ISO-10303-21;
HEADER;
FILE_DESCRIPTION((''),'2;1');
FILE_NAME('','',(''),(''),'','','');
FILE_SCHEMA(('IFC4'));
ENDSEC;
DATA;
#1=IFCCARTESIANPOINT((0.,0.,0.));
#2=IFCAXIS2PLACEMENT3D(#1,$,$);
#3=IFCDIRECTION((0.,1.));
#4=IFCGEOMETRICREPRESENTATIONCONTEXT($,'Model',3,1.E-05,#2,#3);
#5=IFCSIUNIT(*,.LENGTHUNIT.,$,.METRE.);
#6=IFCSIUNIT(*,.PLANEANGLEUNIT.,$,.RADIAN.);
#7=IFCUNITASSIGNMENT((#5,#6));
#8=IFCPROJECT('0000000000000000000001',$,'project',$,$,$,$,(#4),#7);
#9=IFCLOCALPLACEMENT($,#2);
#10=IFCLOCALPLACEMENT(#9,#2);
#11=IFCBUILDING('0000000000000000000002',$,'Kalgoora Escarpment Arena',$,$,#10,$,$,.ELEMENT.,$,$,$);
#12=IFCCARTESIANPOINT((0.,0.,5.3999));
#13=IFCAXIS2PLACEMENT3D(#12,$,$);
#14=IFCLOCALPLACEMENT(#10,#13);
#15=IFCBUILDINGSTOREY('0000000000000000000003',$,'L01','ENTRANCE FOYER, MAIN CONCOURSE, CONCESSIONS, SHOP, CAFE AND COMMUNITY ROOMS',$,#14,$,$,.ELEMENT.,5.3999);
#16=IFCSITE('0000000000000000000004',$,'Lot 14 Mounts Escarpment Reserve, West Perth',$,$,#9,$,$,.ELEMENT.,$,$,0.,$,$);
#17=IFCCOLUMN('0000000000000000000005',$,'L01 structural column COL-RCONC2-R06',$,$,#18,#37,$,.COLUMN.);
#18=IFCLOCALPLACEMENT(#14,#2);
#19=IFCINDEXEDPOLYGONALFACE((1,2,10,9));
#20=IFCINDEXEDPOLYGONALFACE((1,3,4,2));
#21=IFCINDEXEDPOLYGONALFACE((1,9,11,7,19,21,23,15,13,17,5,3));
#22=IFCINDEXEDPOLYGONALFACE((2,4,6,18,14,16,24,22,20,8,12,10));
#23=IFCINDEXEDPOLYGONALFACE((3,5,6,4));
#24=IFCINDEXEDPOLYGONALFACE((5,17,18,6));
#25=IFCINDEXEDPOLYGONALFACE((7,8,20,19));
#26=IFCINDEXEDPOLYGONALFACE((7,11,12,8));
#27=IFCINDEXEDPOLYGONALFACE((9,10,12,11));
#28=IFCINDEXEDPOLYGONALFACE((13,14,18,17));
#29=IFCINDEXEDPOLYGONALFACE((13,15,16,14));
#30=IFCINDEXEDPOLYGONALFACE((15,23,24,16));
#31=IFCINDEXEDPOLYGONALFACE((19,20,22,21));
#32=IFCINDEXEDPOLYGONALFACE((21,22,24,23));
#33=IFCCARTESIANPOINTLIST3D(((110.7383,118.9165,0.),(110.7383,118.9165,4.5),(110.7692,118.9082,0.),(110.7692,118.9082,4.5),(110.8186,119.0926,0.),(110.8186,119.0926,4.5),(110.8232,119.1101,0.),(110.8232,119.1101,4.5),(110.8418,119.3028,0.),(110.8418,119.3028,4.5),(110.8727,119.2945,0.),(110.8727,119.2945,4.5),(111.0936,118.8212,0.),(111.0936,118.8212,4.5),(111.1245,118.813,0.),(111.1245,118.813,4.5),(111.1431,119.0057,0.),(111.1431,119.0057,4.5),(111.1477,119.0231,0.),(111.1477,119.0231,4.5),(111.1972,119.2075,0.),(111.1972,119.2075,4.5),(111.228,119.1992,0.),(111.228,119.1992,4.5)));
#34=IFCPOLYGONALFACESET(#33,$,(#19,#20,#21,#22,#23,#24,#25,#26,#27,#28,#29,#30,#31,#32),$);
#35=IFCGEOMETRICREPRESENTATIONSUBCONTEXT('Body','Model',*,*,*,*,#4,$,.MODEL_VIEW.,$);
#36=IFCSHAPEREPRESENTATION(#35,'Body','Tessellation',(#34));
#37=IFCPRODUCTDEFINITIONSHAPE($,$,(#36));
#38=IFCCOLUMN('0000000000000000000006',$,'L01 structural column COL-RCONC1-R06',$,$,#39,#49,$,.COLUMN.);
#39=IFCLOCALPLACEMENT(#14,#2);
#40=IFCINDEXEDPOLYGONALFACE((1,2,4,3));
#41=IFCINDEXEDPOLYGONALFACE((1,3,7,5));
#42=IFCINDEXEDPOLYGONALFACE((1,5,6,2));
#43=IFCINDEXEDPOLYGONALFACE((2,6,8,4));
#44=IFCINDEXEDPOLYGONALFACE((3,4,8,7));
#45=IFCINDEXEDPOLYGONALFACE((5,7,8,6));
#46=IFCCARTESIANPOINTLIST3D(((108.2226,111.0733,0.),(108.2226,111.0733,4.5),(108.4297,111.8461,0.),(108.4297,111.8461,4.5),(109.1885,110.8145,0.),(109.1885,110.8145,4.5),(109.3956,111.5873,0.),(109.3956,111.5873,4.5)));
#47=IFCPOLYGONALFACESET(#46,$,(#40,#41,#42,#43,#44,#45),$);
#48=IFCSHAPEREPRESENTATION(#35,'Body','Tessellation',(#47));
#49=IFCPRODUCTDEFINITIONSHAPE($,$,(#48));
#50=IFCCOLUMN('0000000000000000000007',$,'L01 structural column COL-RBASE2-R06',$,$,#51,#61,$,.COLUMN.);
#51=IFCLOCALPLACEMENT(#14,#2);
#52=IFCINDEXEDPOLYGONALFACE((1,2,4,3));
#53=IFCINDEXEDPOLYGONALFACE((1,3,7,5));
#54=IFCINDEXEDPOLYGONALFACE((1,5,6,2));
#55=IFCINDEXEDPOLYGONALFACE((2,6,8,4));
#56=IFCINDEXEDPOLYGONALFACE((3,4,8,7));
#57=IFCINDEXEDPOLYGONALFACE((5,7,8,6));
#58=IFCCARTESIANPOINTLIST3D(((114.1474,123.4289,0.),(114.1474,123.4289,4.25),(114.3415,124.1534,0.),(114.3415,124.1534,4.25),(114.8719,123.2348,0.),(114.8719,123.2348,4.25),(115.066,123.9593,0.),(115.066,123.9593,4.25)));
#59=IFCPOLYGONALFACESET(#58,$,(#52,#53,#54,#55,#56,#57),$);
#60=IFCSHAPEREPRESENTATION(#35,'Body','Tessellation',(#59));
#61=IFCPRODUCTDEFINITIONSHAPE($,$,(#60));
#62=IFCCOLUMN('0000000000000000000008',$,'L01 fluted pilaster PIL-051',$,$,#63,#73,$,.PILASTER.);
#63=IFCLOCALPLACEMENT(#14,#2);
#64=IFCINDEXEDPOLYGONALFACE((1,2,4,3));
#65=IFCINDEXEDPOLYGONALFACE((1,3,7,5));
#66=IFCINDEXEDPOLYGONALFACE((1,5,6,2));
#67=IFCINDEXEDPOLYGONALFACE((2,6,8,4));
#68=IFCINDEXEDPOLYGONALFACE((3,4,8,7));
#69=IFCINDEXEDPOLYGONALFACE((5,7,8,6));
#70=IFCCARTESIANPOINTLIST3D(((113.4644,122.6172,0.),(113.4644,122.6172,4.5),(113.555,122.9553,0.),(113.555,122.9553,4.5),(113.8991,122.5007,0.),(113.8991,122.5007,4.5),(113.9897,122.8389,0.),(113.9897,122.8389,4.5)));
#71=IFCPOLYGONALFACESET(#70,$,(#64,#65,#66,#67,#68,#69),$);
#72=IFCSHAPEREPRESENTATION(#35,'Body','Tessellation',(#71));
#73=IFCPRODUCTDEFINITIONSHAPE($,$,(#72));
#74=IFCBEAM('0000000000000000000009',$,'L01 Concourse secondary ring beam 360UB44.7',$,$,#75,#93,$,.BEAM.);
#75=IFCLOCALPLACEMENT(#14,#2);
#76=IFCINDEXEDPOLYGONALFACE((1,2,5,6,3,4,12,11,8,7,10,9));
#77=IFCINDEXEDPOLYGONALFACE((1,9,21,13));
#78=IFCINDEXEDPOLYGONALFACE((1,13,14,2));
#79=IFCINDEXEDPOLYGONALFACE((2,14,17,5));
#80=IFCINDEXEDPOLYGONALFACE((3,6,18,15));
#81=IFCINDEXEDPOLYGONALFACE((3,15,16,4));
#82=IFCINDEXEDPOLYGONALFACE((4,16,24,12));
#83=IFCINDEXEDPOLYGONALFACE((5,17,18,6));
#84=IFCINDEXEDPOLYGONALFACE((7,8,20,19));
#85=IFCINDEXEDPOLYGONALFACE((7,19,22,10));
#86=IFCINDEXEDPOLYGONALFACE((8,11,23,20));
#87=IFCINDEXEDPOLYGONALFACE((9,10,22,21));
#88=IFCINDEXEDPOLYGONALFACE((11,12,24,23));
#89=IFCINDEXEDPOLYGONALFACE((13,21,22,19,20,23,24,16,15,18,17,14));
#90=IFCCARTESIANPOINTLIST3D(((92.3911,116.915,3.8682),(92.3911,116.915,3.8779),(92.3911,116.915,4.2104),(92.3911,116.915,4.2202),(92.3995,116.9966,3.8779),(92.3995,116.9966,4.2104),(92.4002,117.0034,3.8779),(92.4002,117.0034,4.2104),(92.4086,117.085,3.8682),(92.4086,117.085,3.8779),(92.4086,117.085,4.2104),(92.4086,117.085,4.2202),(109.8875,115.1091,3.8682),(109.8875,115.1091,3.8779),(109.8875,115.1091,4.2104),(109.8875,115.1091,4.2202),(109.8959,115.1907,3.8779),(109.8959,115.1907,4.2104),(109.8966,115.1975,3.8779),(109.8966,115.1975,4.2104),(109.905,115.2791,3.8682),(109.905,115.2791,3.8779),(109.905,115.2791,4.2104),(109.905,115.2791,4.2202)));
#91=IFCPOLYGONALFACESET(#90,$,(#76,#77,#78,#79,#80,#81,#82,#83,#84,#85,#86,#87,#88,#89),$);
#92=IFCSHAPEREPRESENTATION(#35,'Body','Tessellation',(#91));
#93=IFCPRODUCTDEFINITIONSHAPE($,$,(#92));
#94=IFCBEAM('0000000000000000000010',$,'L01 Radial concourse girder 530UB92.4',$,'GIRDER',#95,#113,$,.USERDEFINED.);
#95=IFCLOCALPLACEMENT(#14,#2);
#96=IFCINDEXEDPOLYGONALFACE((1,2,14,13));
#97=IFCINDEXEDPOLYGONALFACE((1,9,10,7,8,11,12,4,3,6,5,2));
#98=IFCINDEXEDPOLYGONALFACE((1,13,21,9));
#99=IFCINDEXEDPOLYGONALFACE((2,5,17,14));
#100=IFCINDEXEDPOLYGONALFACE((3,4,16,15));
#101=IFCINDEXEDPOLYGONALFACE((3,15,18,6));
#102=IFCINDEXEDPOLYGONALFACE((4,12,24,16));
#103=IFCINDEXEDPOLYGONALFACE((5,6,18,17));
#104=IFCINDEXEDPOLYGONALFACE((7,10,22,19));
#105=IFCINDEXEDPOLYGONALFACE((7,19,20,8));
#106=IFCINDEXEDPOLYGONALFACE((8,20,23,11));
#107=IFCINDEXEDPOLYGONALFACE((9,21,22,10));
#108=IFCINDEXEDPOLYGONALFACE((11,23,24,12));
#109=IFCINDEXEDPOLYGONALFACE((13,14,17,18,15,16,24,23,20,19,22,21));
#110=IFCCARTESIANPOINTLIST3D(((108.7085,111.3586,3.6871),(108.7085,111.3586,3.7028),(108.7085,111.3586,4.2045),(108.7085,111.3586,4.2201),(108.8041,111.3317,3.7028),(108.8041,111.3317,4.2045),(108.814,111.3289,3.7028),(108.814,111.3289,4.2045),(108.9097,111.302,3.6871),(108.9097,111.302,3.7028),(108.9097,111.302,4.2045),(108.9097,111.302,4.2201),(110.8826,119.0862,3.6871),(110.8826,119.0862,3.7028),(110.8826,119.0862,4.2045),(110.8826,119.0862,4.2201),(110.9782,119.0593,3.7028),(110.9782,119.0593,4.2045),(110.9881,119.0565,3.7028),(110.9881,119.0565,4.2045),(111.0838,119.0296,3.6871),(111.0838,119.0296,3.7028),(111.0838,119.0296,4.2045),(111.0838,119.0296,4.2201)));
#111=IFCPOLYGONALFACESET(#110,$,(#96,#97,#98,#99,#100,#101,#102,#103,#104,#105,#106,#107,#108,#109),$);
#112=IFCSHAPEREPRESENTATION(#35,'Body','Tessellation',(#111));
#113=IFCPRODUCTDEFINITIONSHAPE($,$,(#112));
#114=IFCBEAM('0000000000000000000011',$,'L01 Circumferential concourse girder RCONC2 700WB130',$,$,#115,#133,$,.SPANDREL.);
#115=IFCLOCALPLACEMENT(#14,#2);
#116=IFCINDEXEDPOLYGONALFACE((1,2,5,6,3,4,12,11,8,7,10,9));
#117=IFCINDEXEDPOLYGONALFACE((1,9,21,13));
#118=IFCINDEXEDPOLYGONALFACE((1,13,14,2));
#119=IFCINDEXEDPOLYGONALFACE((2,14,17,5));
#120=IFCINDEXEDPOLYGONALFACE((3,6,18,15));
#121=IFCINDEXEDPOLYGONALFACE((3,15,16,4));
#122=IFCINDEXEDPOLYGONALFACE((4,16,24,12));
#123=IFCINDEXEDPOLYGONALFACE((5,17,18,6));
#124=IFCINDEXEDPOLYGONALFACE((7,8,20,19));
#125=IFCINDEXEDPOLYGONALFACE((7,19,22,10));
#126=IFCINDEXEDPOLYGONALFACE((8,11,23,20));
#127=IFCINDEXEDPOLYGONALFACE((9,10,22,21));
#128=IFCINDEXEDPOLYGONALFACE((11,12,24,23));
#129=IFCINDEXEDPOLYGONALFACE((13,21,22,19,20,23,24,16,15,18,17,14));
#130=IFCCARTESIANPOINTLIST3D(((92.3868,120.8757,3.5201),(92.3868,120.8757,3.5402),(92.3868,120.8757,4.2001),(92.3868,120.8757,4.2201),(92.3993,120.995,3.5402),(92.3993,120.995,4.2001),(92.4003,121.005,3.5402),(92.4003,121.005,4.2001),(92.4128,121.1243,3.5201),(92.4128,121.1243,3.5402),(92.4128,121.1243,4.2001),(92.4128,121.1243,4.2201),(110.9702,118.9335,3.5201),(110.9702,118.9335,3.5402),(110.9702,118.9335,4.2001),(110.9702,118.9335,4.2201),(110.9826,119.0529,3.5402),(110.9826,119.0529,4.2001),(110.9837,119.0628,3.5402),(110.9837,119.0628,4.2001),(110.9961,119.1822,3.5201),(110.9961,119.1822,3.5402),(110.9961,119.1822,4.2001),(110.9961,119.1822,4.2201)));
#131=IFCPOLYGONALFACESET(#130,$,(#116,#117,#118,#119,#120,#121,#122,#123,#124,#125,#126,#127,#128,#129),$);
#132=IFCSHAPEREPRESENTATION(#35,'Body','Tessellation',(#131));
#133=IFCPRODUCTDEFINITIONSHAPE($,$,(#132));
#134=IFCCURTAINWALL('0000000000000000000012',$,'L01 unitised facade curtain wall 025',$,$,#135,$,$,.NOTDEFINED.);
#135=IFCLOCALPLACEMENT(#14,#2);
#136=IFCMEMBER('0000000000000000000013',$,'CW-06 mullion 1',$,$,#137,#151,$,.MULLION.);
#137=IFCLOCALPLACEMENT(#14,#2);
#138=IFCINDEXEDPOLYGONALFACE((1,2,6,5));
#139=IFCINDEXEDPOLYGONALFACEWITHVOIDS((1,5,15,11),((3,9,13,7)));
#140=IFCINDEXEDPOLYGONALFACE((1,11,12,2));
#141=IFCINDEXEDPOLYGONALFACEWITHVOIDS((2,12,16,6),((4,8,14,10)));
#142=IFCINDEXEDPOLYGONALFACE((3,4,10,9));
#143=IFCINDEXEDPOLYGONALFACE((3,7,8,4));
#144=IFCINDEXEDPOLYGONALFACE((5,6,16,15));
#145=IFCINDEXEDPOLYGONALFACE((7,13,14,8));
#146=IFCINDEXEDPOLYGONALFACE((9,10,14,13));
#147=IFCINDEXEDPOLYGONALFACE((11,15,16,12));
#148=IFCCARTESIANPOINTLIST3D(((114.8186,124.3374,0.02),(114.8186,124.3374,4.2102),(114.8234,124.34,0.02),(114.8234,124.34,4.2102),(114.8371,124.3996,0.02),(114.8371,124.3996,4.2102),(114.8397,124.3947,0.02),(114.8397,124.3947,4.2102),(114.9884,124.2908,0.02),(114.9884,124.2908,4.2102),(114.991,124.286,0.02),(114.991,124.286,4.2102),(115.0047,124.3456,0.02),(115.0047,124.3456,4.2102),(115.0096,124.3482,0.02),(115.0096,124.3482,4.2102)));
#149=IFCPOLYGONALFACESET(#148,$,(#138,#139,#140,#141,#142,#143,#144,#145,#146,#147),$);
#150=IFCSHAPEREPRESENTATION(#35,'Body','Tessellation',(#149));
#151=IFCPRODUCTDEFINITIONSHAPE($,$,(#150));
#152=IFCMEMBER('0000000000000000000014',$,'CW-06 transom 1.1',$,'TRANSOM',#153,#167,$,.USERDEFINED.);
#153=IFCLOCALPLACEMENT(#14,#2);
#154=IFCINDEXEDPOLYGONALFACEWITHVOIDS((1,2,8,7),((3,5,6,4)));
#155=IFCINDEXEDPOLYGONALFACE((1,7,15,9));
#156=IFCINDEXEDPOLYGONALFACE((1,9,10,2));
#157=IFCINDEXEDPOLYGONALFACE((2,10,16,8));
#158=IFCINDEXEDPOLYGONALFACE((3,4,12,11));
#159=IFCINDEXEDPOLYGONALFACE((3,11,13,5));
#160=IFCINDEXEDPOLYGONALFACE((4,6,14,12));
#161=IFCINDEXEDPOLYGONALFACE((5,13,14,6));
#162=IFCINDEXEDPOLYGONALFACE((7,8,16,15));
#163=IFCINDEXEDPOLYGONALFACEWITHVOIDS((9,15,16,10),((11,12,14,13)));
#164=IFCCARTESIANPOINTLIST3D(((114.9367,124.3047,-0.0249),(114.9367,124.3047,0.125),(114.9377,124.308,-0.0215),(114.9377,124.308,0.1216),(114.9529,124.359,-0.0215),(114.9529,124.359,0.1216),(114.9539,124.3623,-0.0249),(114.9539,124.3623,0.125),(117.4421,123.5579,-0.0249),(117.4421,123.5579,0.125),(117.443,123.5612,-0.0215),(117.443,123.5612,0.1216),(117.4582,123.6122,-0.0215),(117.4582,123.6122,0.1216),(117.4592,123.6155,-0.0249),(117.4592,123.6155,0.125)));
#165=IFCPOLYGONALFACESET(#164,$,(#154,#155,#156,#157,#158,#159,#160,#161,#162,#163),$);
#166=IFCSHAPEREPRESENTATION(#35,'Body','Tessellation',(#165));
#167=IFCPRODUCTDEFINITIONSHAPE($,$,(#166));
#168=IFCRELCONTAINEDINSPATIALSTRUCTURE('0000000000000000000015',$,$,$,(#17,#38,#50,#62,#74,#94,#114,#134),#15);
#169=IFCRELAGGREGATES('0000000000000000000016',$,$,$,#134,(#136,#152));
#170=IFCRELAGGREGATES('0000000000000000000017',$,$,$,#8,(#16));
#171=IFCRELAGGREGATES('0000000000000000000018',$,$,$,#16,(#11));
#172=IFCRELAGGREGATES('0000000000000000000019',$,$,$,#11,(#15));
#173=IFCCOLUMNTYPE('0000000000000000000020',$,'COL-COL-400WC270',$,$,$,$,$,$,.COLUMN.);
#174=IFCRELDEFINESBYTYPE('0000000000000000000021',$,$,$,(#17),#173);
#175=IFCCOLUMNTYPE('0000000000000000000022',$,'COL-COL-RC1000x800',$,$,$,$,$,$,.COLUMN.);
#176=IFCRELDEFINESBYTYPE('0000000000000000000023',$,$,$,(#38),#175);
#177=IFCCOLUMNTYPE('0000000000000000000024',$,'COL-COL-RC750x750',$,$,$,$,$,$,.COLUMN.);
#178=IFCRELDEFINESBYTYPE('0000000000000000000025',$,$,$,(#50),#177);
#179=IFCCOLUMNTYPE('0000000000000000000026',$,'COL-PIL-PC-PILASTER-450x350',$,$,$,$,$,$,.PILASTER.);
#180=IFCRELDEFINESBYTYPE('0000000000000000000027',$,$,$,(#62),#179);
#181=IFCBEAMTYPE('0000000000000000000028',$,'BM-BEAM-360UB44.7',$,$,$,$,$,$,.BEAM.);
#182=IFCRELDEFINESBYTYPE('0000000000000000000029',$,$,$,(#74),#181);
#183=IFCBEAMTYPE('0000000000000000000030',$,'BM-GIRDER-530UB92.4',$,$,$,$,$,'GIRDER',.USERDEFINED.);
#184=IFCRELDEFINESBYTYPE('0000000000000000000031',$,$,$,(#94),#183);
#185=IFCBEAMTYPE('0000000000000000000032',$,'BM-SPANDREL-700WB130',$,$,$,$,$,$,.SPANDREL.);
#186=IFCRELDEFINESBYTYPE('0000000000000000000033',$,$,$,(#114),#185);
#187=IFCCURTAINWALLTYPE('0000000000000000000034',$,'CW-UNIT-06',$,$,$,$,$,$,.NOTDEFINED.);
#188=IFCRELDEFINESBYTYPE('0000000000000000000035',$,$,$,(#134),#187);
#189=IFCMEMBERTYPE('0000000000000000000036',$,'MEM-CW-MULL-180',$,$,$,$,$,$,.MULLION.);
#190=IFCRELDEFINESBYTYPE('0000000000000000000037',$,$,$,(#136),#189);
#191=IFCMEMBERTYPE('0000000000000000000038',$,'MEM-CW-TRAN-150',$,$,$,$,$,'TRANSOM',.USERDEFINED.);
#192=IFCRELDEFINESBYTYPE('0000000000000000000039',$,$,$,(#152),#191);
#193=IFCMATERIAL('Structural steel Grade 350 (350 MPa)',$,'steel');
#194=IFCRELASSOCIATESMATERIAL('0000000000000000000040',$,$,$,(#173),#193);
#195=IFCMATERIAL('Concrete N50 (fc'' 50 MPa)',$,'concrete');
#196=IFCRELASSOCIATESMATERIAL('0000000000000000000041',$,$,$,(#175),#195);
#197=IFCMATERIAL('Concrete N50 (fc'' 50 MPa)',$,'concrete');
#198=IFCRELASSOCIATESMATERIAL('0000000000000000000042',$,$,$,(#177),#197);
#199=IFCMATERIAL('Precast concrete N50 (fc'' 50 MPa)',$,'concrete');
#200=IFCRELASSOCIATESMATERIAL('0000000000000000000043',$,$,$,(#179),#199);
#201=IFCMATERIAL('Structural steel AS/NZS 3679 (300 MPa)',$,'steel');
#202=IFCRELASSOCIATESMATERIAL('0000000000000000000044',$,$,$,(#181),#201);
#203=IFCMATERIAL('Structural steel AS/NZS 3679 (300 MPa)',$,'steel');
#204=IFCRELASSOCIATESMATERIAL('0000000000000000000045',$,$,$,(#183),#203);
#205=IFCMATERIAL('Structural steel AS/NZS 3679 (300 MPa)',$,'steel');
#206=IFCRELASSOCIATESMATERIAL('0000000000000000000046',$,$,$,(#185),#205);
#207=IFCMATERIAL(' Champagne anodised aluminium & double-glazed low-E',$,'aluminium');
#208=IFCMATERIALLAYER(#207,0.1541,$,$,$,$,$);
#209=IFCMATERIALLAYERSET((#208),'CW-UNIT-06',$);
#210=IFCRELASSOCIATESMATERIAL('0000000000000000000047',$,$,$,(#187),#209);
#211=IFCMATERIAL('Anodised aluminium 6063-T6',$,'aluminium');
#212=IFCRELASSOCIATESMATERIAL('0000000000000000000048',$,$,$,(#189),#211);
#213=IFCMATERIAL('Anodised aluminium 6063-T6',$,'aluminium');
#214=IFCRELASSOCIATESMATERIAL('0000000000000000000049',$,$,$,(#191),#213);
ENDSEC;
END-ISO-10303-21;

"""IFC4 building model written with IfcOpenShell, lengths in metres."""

from ifc_helpers import new_model, si_unit, direction, frame, origin, origin_2d, place, context, subcontext, project, spatial, rectangle, hollow_rectangle, i_section, extrude, material, layer, layer_set, material_profile, profile_set, type_object, element, aggregate, save


model = new_model("IFC4")

# Units and contexts
model_context = context("Model", 3, precision=1e-05, world=origin(), true_north=direction((0.0, 1.0)))
body_context = subcontext(model_context, "Body", "Model", "MODEL_VIEW")
ifc_project = project(units=[si_unit("LENGTHUNIT", "METRE"), si_unit("PLANEANGLEUNIT", "RADIAN")], contexts=[model_context])

# Site, building, storey
site_placement = place(None, origin())
site = spatial("IfcSite", under=ifc_project, at=site_placement, Name="Lot 14 Mounts Escarpment Reserve, West Perth", CompositionType="ELEMENT", RefElevation=0.0)
building_placement = place(site_placement, origin())
building = spatial("IfcBuilding", under=site, at=building_placement, Name="Kalgoora Escarpment Arena", CompositionType="ELEMENT")
storey_placement = place(building_placement, frame((0.0, 0.0, 5.3999)))
storey = spatial("IfcBuildingStorey", under=building, at=storey_placement, Name="L01", Description="ENTRANCE FOYER, MAIN CONCOURSE, CONCESSIONS, SHOP, CAFE AND COMMUNITY ROOMS", CompositionType="ELEMENT", Elevation=5.3999)

# Columns
ifc_material_1 = material(Name="Structural steel Grade 350 (350 MPa)", Category="steel")
ifc_material_profile_1 = material_profile(ifc_material_1, i_section(OverallWidth=0.3999, OverallDepth=0.3999, WebThickness=0.0181, FlangeThickness=0.032, at=origin_2d()))
ifc_profile_set_1 = profile_set([ifc_material_profile_1], Name="Structural steel Grade 350 (350 MPa)")
column_type_1 = type_object("IfcColumnType", Name="COL-COL-400WC270", PredefinedType="COLUMN", material=ifc_profile_set_1)
column_1_placement = place(storey_placement, frame((110.9832, 119.0579, 0.0), z_axis=(0.0, 0.0, 1.0), x_axis=(0.258819, 0.965926, 0.0)))
element("IfcColumn", 1, at=column_1_placement, inside=storey, type_object=column_type_1, Name="L01 structural column COL-RCONC2-R06", PredefinedType="COLUMN", context=body_context, shape_type="SweptSolid", body=[
    extrude(i_section(OverallWidth=0.3999, OverallDepth=0.3999, WebThickness=0.0181, FlangeThickness=0.032, at=origin_2d()), origin(), (0.0, 0.0, 1.0), 4.5),
])
ifc_material_2 = material(Name="Concrete N50 (fc' 50 MPa)", Category="concrete")
ifc_material_profile_2 = material_profile(ifc_material_2, rectangle(XDim=0.8, YDim=1.0, at=origin_2d()))
ifc_profile_set_2 = profile_set([ifc_material_profile_2], Name="Concrete N50 (fc' 50 MPa)")
column_type_2 = type_object("IfcColumnType", Name="COL-COL-RC1000x800", PredefinedType="COLUMN", material=ifc_profile_set_2)
column_2_placement = place(storey_placement, frame((108.8091, 111.3303, 0.0), z_axis=(0.0, 0.0, 1.0), x_axis=(0.258819, 0.965926, 0.0)))
element("IfcColumn", 2, at=column_2_placement, inside=storey, type_object=column_type_2, Name="L01 structural column COL-RCONC1-R06", PredefinedType="COLUMN", context=body_context, shape_type="SweptSolid", body=[
    extrude(rectangle(XDim=0.8, YDim=1.0, at=origin_2d()), origin(), (0.0, 0.0, 1.0), 4.5),
])
ifc_material_3 = material(Name="Concrete N50 (fc' 50 MPa)", Category="concrete")
ifc_material_profile_3 = material_profile(ifc_material_3, rectangle(XDim=0.75, YDim=0.75, at=origin_2d()))
ifc_profile_set_3 = profile_set([ifc_material_profile_3], Name="Concrete N50 (fc' 50 MPa)")
column_type_3 = type_object("IfcColumnType", Name="COL-COL-RC750x750", PredefinedType="COLUMN", material=ifc_profile_set_3)
column_3_placement = place(storey_placement, frame((114.6067, 123.6941, 0.0), z_axis=(0.0, 0.0, 1.0), x_axis=(0.258819, 0.965926, 0.0)))
element("IfcColumn", 3, at=column_3_placement, inside=storey, type_object=column_type_3, Name="L01 structural column COL-RBASE2-R06", PredefinedType="COLUMN", context=body_context, shape_type="SweptSolid", body=[
    extrude(rectangle(XDim=0.75, YDim=0.75, at=origin_2d()), origin(), (0.0, 0.0, 1.0), 4.25),
])
ifc_material_4 = material(Name="Precast concrete N50 (fc' 50 MPa)", Category="concrete")
ifc_material_profile_4 = material_profile(ifc_material_4, rectangle(XDim=0.3501, YDim=0.45, at=origin_2d()))
ifc_profile_set_4 = profile_set([ifc_material_profile_4], Name="Precast concrete N50 (fc' 50 MPa)")
column_type_4 = type_object("IfcColumnType", Name="COL-PIL-PC-PILASTER-450x350", PredefinedType="PILASTER", material=ifc_profile_set_4)
column_4_placement = place(storey_placement, frame((113.7271, 122.728, 0.0), z_axis=(0.0, 0.0, 1.0), x_axis=(0.258819, 0.965926, 0.0)))
element("IfcColumn", 4, at=column_4_placement, inside=storey, type_object=column_type_4, Name="L01 fluted pilaster PIL-051", PredefinedType="PILASTER", context=body_context, shape_type="SweptSolid", body=[
    extrude(rectangle(XDim=0.3501, YDim=0.45, at=origin_2d()), origin(), (0.0, 0.0, 1.0), 4.5),
])

# Beams
ifc_material_5 = material(Name="Structural steel AS/NZS 3679 (300 MPa)", Category="steel")
ifc_material_profile_5 = material_profile(ifc_material_5, i_section(OverallWidth=0.1709, OverallDepth=0.3521, WebThickness=0.0068, FlangeThickness=0.0098, at=origin_2d()))
ifc_profile_set_5 = profile_set([ifc_material_profile_5], Name="Structural steel AS/NZS 3679 (300 MPa)")
beam_type_1 = type_object("IfcBeamType", Name="BM-BEAM-360UB44.7", PredefinedType="BEAM", material=ifc_profile_set_5)
beam_1_placement = place(storey_placement, frame((109.8962, 115.1941, 4.0442), z_axis=(-0.994715, 0.102671, 0.0), x_axis=(-0.102671, -0.994715, 0.0)))
element("IfcBeam", 5, at=beam_1_placement, inside=storey, type_object=beam_type_1, Name="L01 Concourse secondary ring beam 360UB44.7", PredefinedType="BEAM", context=body_context, shape_type="SweptSolid", body=[
    extrude(i_section(OverallWidth=0.1709, OverallDepth=0.3521, WebThickness=0.0068, FlangeThickness=0.0098, at=origin_2d()), origin(), (0.0, 0.0, 1.0), 17.5894),
])
ifc_material_6 = material(Name="Structural steel AS/NZS 3679 (300 MPa)", Category="steel")
ifc_material_profile_6 = material_profile(ifc_material_6, i_section(OverallWidth=0.209, OverallDepth=0.533, WebThickness=0.0103, FlangeThickness=0.0156, at=origin_2d()))
ifc_profile_set_6 = profile_set([ifc_material_profile_6], Name="Structural steel AS/NZS 3679 (300 MPa)")
beam_type_2 = type_object("IfcBeamType", Name="BM-GIRDER-530UB92.4", ElementType="GIRDER", PredefinedType="USERDEFINED", material=ifc_profile_set_6)
beam_2_placement = place(storey_placement, frame((108.8091, 111.3303, 3.9536), z_axis=(0.270827, 0.962628, 0.0), x_axis=(-0.962628, 0.270827, 0.0)))
element("IfcBeam", 6, at=beam_2_placement, inside=storey, type_object=beam_type_2, Name="L01 Radial concourse girder 530UB92.4", ObjectType="GIRDER", PredefinedType="USERDEFINED", context=body_context, shape_type="SweptSolid", body=[
    extrude(i_section(OverallWidth=0.209, OverallDepth=0.533, WebThickness=0.0103, FlangeThickness=0.0156, at=origin_2d()), origin(), (0.0, 0.0, 1.0), 8.0276),
])
ifc_material_7 = material(Name="Structural steel AS/NZS 3679 (300 MPa)", Category="steel")
ifc_material_profile_7 = material_profile(ifc_material_7, i_section(OverallWidth=0.25, OverallDepth=0.7, WebThickness=0.01, FlangeThickness=0.02, at=origin_2d()))
ifc_profile_set_7 = profile_set([ifc_material_profile_7], Name="Structural steel AS/NZS 3679 (300 MPa)")
beam_type_3 = type_object("IfcBeamType", Name="BM-SPANDREL-700WB130", PredefinedType="SPANDREL", material=ifc_profile_set_7)
beam_3_placement = place(storey_placement, frame((110.9832, 119.0579, 3.8701), z_axis=(-0.994583, 0.103944, 0.0), x_axis=(-0.103944, -0.994583, 0.0)))
element("IfcBeam", 7, at=beam_3_placement, inside=storey, type_object=beam_type_3, Name="L01 Circumferential concourse girder RCONC2 700WB130", PredefinedType="SPANDREL", context=body_context, shape_type="SweptSolid", body=[
    extrude(i_section(OverallWidth=0.25, OverallDepth=0.7, WebThickness=0.01, FlangeThickness=0.02, at=origin_2d()), origin(), (0.0, 0.0, 1.0), 18.6846),
])

# Curtain wall, members
ifc_material_8 = material(Name=" Champagne anodised aluminium & double-glazed low-E", Category="aluminium")
ifc_layer_1 = layer(ifc_material_8, 0.1541)
ifc_layer_set_1 = layer_set([ifc_layer_1], Name="CW-UNIT-06")
curtain_wall_type = type_object("IfcCurtainWallType", Name="CW-UNIT-06", PredefinedType="NOTDEFINED", material=ifc_layer_set_1)
curtain_wall_placement = place(storey_placement, origin())
curtain_wall = element("IfcCurtainWall", 8, at=curtain_wall_placement, inside=storey, type_object=curtain_wall_type, Name="L01 unitised facade curtain wall 025", PredefinedType="NOTDEFINED")
ifc_material_9 = material(Name="Anodised aluminium 6063-T6", Category="aluminium")
ifc_material_profile_8 = material_profile(ifc_material_9, hollow_rectangle(XDim=0.0649, YDim=0.1799, WallThickness=0.0039, at=origin_2d()))
ifc_profile_set_8 = profile_set([ifc_material_profile_8], Name="Anodised aluminium 6063-T6")
member_type_1 = type_object("IfcMemberType", Name="MEM-CW-MULL-180", PredefinedType="MULLION", material=ifc_profile_set_8)
member_1_placement = place(storey_placement, frame((114.9141, 124.3428, 0.02), z_axis=(0.0, 0.0, 1.0), x_axis=(0.285632, 0.958339, 0.0)))
member_1 = element("IfcMember", 9, at=member_1_placement, type_object=member_type_1, Name="CW-06 mullion 1", PredefinedType="MULLION", context=body_context, shape_type="SweptSolid", body=[
    extrude(hollow_rectangle(XDim=0.0649, YDim=0.1799, WallThickness=0.0039, at=origin_2d()), origin(), (0.0, 0.0, 1.0), 4.1902),
])
ifc_material_10 = material(Name="Anodised aluminium 6063-T6", Category="aluminium")
ifc_material_profile_9 = material_profile(ifc_material_10, hollow_rectangle(XDim=0.0601, YDim=0.1499, WallThickness=0.0034, at=origin_2d()))
ifc_profile_set_9 = profile_set([ifc_material_profile_9], Name="Anodised aluminium 6063-T6")
member_type_2 = type_object("IfcMemberType", Name="MEM-CW-TRAN-150", ElementType="TRANSOM", PredefinedType="USERDEFINED", material=ifc_profile_set_9)
member_2_placement = place(storey_placement, frame((114.9453, 124.3335, 0.05), z_axis=(0.958329, -0.285668, 0.0), x_axis=(0.285668, 0.958329, 0.0)))
member_2 = element("IfcMember", 10, at=member_2_placement, type_object=member_type_2, Name="CW-06 transom 1.1", ObjectType="TRANSOM", PredefinedType="USERDEFINED", context=body_context, shape_type="SweptSolid", body=[
    extrude(hollow_rectangle(XDim=0.0601, YDim=0.1499, WallThickness=0.0034, at=origin_2d()), origin(), (0.0, 0.0, 1.0), 2.6143),
])
aggregate(curtain_wall, [member_1, member_2])

save(model, "model.ifc")
